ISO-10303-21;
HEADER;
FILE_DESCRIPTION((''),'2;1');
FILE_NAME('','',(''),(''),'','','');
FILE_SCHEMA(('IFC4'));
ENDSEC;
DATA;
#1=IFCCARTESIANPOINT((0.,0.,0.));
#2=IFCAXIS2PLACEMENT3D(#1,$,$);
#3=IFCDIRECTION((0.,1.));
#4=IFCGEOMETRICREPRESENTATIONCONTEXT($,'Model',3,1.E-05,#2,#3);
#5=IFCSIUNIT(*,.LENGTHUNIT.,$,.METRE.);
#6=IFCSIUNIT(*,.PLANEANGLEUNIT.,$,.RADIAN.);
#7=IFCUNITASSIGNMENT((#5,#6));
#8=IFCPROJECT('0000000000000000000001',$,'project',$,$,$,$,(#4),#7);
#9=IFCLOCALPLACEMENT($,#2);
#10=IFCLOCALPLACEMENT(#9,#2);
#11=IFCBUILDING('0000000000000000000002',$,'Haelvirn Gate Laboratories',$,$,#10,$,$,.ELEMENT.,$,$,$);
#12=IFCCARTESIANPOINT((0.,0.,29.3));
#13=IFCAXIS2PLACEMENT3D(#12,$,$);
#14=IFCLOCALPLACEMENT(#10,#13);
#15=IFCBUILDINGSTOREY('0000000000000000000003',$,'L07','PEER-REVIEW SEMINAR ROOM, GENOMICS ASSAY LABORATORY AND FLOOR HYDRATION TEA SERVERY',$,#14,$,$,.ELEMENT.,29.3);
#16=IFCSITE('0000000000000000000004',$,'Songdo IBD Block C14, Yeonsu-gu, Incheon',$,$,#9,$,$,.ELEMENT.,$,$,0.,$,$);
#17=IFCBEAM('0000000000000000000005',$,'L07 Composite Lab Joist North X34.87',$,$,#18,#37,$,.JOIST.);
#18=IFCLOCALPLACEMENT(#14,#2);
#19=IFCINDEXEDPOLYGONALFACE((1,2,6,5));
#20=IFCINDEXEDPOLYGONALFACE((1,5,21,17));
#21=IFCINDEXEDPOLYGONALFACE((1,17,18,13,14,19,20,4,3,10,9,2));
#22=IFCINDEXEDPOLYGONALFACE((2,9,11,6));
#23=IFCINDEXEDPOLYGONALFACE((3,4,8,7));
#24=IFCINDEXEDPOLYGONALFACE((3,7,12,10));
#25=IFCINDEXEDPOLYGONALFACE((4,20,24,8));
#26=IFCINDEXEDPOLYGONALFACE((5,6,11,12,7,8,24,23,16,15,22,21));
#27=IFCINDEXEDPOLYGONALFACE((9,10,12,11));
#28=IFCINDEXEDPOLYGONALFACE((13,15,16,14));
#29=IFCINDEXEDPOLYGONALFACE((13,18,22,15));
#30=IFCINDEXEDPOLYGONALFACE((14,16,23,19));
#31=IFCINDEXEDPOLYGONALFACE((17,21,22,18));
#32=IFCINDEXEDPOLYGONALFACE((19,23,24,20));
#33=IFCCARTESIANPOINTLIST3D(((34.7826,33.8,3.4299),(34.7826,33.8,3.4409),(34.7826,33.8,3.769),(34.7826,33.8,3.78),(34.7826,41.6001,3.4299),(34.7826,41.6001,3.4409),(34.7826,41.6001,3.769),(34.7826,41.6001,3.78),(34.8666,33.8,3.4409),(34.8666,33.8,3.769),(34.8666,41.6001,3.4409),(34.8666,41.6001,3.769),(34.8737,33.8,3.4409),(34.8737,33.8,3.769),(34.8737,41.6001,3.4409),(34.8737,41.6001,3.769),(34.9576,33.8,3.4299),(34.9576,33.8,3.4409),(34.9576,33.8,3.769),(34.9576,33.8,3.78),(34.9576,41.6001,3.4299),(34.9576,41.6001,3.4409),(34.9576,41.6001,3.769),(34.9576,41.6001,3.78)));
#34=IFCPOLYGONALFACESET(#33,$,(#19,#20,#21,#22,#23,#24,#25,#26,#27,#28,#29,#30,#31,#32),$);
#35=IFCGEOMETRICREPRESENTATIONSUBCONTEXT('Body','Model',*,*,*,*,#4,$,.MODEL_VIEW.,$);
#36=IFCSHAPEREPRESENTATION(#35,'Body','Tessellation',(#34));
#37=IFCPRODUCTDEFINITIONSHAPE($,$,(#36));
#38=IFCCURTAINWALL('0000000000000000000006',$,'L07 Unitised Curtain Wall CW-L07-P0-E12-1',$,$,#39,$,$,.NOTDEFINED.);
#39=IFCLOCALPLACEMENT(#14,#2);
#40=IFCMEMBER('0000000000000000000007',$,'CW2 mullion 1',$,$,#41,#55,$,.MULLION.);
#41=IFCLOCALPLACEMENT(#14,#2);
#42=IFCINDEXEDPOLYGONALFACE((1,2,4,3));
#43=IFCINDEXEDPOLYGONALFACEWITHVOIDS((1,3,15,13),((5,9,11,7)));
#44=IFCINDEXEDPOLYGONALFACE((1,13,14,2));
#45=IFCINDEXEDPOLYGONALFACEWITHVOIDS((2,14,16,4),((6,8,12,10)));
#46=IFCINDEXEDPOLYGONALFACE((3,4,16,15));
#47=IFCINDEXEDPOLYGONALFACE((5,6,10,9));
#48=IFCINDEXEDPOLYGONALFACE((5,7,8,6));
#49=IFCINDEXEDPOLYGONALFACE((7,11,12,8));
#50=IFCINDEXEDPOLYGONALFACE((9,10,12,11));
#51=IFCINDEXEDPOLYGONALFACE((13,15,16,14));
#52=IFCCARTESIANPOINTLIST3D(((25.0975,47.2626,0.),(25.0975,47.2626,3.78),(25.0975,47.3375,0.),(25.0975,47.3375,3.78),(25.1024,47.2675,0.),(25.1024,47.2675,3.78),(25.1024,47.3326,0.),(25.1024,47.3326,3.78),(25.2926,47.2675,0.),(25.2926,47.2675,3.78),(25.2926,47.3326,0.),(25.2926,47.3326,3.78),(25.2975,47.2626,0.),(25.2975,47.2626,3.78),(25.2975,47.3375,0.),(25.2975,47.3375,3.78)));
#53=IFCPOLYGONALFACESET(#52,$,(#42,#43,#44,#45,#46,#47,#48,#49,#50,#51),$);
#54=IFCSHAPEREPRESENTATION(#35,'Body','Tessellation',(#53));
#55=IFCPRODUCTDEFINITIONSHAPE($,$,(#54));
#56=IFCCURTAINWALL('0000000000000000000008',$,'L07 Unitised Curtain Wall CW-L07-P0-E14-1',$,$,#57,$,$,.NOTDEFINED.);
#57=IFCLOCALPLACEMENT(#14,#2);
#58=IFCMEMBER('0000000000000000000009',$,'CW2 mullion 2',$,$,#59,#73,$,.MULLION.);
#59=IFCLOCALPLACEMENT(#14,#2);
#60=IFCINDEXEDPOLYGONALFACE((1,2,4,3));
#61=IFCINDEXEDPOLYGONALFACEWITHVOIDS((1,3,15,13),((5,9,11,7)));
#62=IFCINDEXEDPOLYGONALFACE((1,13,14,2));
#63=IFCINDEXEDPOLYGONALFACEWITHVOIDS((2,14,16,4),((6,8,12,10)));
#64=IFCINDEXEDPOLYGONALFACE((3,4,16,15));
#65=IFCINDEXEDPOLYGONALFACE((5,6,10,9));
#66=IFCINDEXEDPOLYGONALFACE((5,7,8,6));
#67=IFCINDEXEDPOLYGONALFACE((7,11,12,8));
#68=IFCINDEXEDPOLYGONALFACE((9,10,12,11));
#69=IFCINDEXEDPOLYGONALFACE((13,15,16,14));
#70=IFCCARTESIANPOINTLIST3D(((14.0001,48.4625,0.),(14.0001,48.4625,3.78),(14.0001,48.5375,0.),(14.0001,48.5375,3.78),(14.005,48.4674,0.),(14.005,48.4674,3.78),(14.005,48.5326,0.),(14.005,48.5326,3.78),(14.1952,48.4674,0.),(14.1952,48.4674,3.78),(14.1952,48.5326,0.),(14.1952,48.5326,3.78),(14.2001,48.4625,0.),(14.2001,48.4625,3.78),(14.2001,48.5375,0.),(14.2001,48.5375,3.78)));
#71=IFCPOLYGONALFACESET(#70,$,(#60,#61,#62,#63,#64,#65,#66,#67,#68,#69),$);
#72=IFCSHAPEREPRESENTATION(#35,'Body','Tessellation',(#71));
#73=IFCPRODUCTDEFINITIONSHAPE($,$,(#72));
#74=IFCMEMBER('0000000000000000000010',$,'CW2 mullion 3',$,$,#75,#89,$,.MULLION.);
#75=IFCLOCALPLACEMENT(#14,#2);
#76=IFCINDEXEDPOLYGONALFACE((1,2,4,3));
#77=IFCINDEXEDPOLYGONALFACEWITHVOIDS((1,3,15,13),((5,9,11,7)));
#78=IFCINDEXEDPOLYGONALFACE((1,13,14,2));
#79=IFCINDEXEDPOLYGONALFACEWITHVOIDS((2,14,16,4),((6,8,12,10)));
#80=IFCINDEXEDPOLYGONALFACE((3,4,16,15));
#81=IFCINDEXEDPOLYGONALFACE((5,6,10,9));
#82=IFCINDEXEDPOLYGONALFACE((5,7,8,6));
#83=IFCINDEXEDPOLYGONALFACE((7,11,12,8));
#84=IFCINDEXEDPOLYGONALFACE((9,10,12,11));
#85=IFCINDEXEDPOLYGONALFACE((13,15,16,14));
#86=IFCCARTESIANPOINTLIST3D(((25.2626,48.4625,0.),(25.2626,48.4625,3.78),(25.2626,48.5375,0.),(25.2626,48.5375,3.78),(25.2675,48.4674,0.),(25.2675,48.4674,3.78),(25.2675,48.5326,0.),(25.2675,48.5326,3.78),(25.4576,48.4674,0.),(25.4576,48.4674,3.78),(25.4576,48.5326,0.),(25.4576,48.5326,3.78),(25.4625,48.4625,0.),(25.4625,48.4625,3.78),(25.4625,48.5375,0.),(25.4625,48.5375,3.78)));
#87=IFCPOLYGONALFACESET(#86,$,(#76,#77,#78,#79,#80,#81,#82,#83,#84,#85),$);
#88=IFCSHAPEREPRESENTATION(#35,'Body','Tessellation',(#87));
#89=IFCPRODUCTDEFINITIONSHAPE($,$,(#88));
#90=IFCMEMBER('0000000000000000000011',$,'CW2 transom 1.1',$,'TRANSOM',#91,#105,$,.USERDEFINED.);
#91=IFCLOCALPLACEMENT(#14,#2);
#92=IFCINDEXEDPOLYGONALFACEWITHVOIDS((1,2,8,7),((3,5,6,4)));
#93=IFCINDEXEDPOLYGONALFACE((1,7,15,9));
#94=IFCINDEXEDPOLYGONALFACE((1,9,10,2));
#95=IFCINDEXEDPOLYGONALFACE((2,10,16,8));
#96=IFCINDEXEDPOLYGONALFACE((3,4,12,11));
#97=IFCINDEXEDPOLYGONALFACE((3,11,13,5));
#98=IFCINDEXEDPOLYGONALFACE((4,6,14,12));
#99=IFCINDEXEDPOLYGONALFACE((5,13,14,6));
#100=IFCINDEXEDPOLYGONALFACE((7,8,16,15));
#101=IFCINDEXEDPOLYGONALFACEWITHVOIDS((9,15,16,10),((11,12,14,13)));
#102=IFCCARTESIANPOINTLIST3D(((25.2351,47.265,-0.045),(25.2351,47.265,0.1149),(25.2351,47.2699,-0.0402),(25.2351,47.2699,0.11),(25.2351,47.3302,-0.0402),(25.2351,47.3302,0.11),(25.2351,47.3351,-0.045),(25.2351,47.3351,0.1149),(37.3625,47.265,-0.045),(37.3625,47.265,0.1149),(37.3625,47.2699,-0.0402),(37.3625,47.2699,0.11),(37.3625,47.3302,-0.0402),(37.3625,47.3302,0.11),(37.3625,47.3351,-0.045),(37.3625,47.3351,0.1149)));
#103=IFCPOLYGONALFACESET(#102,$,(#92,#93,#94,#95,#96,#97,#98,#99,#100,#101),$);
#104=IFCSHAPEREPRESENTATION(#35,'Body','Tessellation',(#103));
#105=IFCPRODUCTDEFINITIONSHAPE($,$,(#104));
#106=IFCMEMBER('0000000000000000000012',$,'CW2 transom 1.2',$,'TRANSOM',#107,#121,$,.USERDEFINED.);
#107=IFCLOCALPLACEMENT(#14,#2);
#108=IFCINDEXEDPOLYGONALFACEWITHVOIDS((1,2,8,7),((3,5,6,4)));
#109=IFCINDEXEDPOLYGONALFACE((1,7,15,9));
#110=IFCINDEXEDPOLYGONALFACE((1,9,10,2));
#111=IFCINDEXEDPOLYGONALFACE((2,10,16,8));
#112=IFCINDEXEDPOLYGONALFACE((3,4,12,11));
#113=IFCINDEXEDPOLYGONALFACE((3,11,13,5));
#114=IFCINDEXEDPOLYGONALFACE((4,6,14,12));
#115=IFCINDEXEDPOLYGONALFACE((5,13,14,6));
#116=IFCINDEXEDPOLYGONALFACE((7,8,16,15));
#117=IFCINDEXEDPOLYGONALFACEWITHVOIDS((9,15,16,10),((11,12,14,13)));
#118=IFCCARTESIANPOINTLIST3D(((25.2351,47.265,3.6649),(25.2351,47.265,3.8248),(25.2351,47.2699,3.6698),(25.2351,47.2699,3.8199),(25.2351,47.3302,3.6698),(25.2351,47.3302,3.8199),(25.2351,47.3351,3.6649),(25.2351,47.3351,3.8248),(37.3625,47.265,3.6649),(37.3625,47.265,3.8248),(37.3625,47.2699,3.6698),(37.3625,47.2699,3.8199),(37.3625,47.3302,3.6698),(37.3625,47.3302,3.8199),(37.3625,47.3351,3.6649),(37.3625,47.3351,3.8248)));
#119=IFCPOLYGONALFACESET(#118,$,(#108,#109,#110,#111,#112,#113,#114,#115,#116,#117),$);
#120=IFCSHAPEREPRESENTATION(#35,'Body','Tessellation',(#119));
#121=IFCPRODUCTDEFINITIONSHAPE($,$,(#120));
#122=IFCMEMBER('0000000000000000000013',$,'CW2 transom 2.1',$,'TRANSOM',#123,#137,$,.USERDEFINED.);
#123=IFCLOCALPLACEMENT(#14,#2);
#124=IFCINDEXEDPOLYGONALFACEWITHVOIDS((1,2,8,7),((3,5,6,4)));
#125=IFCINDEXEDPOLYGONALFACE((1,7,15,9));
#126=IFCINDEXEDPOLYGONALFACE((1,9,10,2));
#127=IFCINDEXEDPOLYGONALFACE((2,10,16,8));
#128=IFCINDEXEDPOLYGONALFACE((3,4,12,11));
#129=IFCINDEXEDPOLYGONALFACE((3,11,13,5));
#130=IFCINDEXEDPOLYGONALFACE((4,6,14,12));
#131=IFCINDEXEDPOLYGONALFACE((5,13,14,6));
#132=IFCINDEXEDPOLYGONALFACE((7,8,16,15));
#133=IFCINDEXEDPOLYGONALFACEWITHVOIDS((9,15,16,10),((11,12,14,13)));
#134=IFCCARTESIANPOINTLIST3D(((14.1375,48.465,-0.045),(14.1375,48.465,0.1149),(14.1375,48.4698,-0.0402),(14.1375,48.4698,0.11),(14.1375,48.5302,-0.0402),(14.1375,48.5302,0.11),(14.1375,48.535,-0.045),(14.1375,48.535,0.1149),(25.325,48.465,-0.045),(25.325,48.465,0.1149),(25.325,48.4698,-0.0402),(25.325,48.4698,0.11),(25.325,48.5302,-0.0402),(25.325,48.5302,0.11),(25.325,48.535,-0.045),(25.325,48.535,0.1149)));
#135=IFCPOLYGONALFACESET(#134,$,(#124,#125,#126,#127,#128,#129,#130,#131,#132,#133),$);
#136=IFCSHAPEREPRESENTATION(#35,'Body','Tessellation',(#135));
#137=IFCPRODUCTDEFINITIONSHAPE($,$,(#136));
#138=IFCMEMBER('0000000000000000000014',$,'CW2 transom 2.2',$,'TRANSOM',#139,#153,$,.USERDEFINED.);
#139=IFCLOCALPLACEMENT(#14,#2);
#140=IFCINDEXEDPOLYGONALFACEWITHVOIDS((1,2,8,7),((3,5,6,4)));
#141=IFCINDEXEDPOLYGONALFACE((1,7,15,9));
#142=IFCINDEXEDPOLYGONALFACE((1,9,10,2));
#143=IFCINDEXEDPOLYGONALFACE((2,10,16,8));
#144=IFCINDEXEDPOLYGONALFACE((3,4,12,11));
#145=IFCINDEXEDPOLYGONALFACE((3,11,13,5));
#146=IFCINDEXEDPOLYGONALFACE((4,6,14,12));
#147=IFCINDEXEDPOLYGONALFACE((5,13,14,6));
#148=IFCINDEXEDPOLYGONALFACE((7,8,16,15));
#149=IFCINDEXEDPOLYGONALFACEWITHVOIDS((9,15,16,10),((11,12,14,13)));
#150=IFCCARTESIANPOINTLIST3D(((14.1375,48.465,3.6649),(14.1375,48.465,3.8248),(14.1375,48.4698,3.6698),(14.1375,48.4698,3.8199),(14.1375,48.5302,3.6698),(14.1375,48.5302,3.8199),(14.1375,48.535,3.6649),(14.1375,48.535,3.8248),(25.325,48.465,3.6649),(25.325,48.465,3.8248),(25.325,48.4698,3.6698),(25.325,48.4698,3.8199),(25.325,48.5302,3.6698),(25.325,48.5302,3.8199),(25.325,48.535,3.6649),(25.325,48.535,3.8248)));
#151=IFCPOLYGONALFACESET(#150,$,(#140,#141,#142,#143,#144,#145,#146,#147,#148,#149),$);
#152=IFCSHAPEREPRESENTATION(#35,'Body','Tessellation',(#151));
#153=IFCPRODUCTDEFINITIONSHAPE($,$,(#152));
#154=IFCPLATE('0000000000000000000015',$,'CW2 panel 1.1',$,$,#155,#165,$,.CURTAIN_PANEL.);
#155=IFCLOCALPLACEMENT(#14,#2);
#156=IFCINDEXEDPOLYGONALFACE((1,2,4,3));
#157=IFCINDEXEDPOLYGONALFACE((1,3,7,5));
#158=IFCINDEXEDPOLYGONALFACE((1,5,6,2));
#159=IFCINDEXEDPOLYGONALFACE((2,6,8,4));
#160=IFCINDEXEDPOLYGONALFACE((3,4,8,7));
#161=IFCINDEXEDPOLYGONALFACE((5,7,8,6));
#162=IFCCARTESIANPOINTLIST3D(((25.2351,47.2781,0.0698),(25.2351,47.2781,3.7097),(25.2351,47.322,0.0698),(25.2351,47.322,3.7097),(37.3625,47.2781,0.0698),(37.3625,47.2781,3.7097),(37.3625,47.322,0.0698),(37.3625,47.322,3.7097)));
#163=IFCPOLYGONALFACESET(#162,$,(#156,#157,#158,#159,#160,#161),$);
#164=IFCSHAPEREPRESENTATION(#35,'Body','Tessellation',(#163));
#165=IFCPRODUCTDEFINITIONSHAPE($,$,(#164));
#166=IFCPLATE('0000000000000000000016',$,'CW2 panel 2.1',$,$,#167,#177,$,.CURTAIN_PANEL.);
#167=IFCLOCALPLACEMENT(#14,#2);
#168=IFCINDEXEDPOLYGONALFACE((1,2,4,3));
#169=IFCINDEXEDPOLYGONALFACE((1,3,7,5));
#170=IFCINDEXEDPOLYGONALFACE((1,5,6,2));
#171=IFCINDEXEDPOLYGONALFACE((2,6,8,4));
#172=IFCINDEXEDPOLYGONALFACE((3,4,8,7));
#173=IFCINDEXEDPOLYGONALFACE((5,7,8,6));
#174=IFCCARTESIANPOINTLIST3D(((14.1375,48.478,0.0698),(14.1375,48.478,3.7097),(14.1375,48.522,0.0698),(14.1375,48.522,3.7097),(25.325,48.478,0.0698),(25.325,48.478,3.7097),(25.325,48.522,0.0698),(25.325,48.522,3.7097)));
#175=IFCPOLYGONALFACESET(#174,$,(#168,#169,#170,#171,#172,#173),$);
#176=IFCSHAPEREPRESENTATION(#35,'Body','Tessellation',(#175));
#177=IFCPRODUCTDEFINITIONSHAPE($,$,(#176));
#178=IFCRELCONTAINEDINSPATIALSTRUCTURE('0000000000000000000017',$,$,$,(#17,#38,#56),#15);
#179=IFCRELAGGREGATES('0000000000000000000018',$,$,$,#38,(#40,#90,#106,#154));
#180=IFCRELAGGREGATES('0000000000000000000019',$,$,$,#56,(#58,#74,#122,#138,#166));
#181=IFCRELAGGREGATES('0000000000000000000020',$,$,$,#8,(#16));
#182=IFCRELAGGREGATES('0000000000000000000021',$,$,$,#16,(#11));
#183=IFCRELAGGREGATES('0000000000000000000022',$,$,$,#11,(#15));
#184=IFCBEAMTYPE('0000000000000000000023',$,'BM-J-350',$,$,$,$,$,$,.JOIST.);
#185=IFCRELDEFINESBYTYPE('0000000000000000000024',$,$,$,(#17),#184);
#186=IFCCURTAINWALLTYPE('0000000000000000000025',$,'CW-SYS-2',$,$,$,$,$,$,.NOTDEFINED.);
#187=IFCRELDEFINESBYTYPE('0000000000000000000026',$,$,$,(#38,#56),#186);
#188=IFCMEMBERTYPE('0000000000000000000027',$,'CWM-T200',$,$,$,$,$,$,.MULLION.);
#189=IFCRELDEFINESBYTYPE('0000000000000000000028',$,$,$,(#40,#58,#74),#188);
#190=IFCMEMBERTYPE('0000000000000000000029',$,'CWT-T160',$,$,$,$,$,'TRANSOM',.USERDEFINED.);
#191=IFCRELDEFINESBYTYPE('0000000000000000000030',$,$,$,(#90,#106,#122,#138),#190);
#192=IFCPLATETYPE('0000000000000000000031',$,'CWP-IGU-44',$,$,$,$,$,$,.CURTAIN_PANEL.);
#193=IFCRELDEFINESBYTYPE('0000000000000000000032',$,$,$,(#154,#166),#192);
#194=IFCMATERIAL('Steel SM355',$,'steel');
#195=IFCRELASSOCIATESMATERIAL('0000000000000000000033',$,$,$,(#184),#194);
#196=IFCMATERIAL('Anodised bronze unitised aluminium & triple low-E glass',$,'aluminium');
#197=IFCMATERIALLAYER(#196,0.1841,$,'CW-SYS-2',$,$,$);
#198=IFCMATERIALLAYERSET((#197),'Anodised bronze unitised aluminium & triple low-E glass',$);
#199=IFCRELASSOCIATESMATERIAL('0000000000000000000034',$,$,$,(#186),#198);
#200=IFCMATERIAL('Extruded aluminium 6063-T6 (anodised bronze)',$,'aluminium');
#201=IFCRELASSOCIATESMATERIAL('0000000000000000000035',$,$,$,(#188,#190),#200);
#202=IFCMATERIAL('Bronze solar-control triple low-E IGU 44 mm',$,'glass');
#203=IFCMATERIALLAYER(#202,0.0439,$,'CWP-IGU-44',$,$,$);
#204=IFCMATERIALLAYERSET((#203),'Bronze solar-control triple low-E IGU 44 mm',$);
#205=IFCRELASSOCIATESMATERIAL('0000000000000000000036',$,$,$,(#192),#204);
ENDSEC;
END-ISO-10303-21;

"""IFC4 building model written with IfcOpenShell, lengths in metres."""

from ifc_helpers import new_model, si_unit, direction, frame, origin, origin_2d, place, context, subcontext, project, spatial, rectangle, hollow_rectangle, i_section, extrude, source, transform, mapped, material, layer, layer_set, material_profile, profile_set, type_object, type_shapes, element, aggregate, save


model = new_model("IFC4")

# Units and contexts
model_context = context("Model", 3, precision=1e-05, world=origin(), true_north=direction((0.0, 1.0)))
body_context = subcontext(model_context, "Body", "Model", "MODEL_VIEW")
ifc_project = project(units=[si_unit("LENGTHUNIT", "METRE"), si_unit("PLANEANGLEUNIT", "RADIAN")], contexts=[model_context])

# Site, building, storey
site_placement = place(None, origin())
site = spatial("IfcSite", under=ifc_project, at=site_placement, Name="Songdo IBD Block C14, Yeonsu-gu, Incheon", CompositionType="ELEMENT", RefElevation=0.0)
building_placement = place(site_placement, origin())
building = spatial("IfcBuilding", under=site, at=building_placement, Name="Haelvirn Gate Laboratories", CompositionType="ELEMENT")
storey_placement = place(building_placement, frame((0.0, 0.0, 29.3)))
storey = spatial("IfcBuildingStorey", under=building, at=storey_placement, Name="L07", Description="PEER-REVIEW SEMINAR ROOM, GENOMICS ASSAY LABORATORY AND FLOOR HYDRATION TEA SERVERY", CompositionType="ELEMENT", Elevation=29.3)

# Beam
ifc_material_1 = material(Name="Steel SM355", Category="steel")
ifc_material_profile_1 = material_profile(ifc_material_1, i_section(OverallWidth=0.175, OverallDepth=0.3501, WebThickness=0.0071, FlangeThickness=0.011, at=origin_2d()), Name="H-350x175x7x11")
ifc_profile_set_1 = profile_set([ifc_material_profile_1], Name="Steel SM355")
beam_type_1 = type_object("IfcBeamType", Name="BM-J-350", PredefinedType="JOIST", material=ifc_profile_set_1)
shared_shape_1 = source(origin(), body_context, "Body", "SweptSolid", [
    extrude(i_section(OverallWidth=0.175, OverallDepth=0.3501, WebThickness=0.0071, FlangeThickness=0.011, at=origin_2d()), origin(), (0.0, 0.0, 1.0), 7.8),
])
type_shapes(beam_type_1, [shared_shape_1])
beam_1_placement = place(storey_placement, frame((34.8701, 33.8, 3.605), z_axis=(0.0, 1.0, 0.0), x_axis=(-1.0, 0.0, 0.0)))
element("IfcBeam", 1, at=beam_1_placement, inside=storey, type_object=beam_type_1, Name="L07 Composite Lab Joist North X34.87", PredefinedType="JOIST", context=body_context, shape_type="MappedRepresentation", body=[
    mapped(shared_shape_1, transform((0.0, 0.0, 0.0), scale=1.0)),
])

# Curtain wall, member
ifc_material_2 = material(Name="Anodised bronze unitised aluminium & triple low-E glass", Category="aluminium")
ifc_layer_1 = layer(ifc_material_2, 0.1841, Name="CW-SYS-2")
ifc_layer_set_1 = layer_set([ifc_layer_1], Name="Anodised bronze unitised aluminium & triple low-E glass")
curtain_wall_type = type_object("IfcCurtainWallType", Name="CW-SYS-2", PredefinedType="NOTDEFINED", material=ifc_layer_set_1)
curtain_wall_1_placement = place(storey_placement, origin())
curtain_wall_1 = element("IfcCurtainWall", 2, at=curtain_wall_1_placement, inside=storey, type_object=curtain_wall_type, Name="L07 Unitised Curtain Wall CW-L07-P0-E12-1", PredefinedType="NOTDEFINED")
ifc_material_3 = material(Name="Extruded aluminium 6063-T6 (anodised bronze)", Category="aluminium")
ifc_material_profile_2 = material_profile(ifc_material_3, hollow_rectangle(XDim=0.075, YDim=0.2, WallThickness=0.0049, at=origin_2d()), Name="CWM-200x75x5")
ifc_profile_set_2 = profile_set([ifc_material_profile_2], Name="Extruded aluminium 6063-T6 (anodised bronze)")
member_type_1 = type_object("IfcMemberType", Name="CWM-T200", PredefinedType="MULLION", material=ifc_profile_set_2)
shared_shape_2 = source(origin(), body_context, "Body", "SweptSolid", [
    extrude(hollow_rectangle(XDim=0.075, YDim=0.2, WallThickness=0.0049, at=origin_2d()), origin(), (0.0, 0.0, 1.0), 3.78),
])
type_shapes(member_type_1, [shared_shape_2])
member_1_placement = place(storey_placement, frame((25.1975, 47.3, 0.0), z_axis=(0.0, 0.0, 1.0), x_axis=(0.0, 1.0, 0.0)))
member_1 = element("IfcMember", 3, at=member_1_placement, type_object=member_type_1, Name="CW2 mullion 1", PredefinedType="MULLION", context=body_context, shape_type="MappedRepresentation", body=[
    mapped(shared_shape_2, transform((0.0, 0.0, 0.0), scale=1.0)),
])

# Curtain wall, members
curtain_wall_2_placement = place(storey_placement, origin())
curtain_wall_2 = element("IfcCurtainWall", 4, at=curtain_wall_2_placement, inside=storey, type_object=curtain_wall_type, Name="L07 Unitised Curtain Wall CW-L07-P0-E14-1", PredefinedType="NOTDEFINED")
member_2_placement = place(storey_placement, frame((14.1001, 48.5, 0.0), z_axis=(0.0, 0.0, 1.0), x_axis=(0.0, 1.0, 0.0)))
member_2 = element("IfcMember", 5, at=member_2_placement, type_object=member_type_1, Name="CW2 mullion 2", PredefinedType="MULLION", context=body_context, shape_type="MappedRepresentation", body=[
    mapped(shared_shape_2, transform((0.0, 0.0, 0.0), scale=1.0)),
])
member_3_placement = place(storey_placement, frame((25.3625, 48.5, 0.0), z_axis=(0.0, 0.0, 1.0), x_axis=(0.0, 1.0, 0.0)))
member_3 = element("IfcMember", 6, at=member_3_placement, type_object=member_type_1, Name="CW2 mullion 3", PredefinedType="MULLION", context=body_context, shape_type="MappedRepresentation", body=[
    mapped(shared_shape_2, transform((0.0, 0.0, 0.0), scale=1.0)),
])

# Members
ifc_material_profile_3 = material_profile(ifc_material_3, hollow_rectangle(XDim=0.0701, YDim=0.1599, WallThickness=0.0049, at=origin_2d()), Name="CWT-160x70x5")
ifc_profile_set_3 = profile_set([ifc_material_profile_3], Name="Extruded aluminium 6063-T6 (anodised bronze)")
member_type_2 = type_object("IfcMemberType", Name="CWT-T160", ElementType="TRANSOM", PredefinedType="USERDEFINED", material=ifc_profile_set_3)
shared_shape_3 = source(origin(), body_context, "Body", "SweptSolid", [
    extrude(hollow_rectangle(XDim=0.0701, YDim=0.1599, WallThickness=0.0049, at=origin_2d()), origin(), (0.0, 0.0, 1.0), 12.1274),
])
member_4_placement = place(storey_placement, frame((25.2351, 47.3, 0.0349), z_axis=(1.0, 0.0, 0.0), x_axis=(0.0, 1.0, 0.0)))
member_4 = element("IfcMember", 7, at=member_4_placement, type_object=member_type_2, Name="CW2 transom 1.1", ObjectType="TRANSOM", PredefinedType="USERDEFINED", context=body_context, shape_type="MappedRepresentation", body=[
    mapped(shared_shape_3, transform((0.0, 0.0, 0.0), scale=1.0)),
])
member_5_placement = place(storey_placement, frame((25.2351, 47.3, 3.7449), z_axis=(1.0, 0.0, 0.0), x_axis=(0.0, 1.0, 0.0)))
member_5 = element("IfcMember", 8, at=member_5_placement, type_object=member_type_2, Name="CW2 transom 1.2", ObjectType="TRANSOM", PredefinedType="USERDEFINED", context=body_context, shape_type="MappedRepresentation", body=[
    mapped(shared_shape_3, transform((0.0, 0.0, 0.0), scale=1.0)),
])
shared_shape_4 = source(origin(), body_context, "Body", "SweptSolid", [
    extrude(hollow_rectangle(XDim=0.0701, YDim=0.1599, WallThickness=0.0049, at=origin_2d()), origin(), (0.0, 0.0, 1.0), 11.1875),
])
type_shapes(member_type_2, [shared_shape_3, shared_shape_4])
member_6_placement = place(storey_placement, frame((14.1375, 48.5, 0.0349), z_axis=(1.0, 0.0, 0.0), x_axis=(0.0, 1.0, 0.0)))
member_6 = element("IfcMember", 9, at=member_6_placement, type_object=member_type_2, Name="CW2 transom 2.1", ObjectType="TRANSOM", PredefinedType="USERDEFINED", context=body_context, shape_type="MappedRepresentation", body=[
    mapped(shared_shape_4, transform((0.0, 0.0, 0.0), scale=1.0)),
])
member_7_placement = place(storey_placement, frame((14.1375, 48.5, 3.7449), z_axis=(1.0, 0.0, 0.0), x_axis=(0.0, 1.0, 0.0)))
member_7 = element("IfcMember", 10, at=member_7_placement, type_object=member_type_2, Name="CW2 transom 2.2", ObjectType="TRANSOM", PredefinedType="USERDEFINED", context=body_context, shape_type="MappedRepresentation", body=[
    mapped(shared_shape_4, transform((0.0, 0.0, 0.0), scale=1.0)),
])

# Plates
ifc_material_4 = material(Name="Bronze solar-control triple low-E IGU 44 mm", Category="glass")
ifc_layer_2 = layer(ifc_material_4, 0.0439, Name="CWP-IGU-44")
ifc_layer_set_2 = layer_set([ifc_layer_2], Name="Bronze solar-control triple low-E IGU 44 mm")
plate_type = type_object("IfcPlateType", Name="CWP-IGU-44", PredefinedType="CURTAIN_PANEL", material=ifc_layer_set_2)
shared_shape_5 = source(origin(), body_context, "Body", "SweptSolid", [
    extrude(rectangle(XDim=12.1274, YDim=0.0439, at=origin_2d()), origin(), (0.0, 0.0, 1.0), 3.6399),
])
plate_1_placement = place(storey_placement, frame((31.2988, 47.3, 0.0698), z_axis=(0.0, 0.0, 1.0), x_axis=(1.0, 0.0, 0.0)))
plate_1 = element("IfcPlate", 11, at=plate_1_placement, type_object=plate_type, Name="CW2 panel 1.1", PredefinedType="CURTAIN_PANEL", context=body_context, shape_type="MappedRepresentation", body=[
    mapped(shared_shape_5, transform((0.0, 0.0, 0.0), scale=1.0)),
])
aggregate(curtain_wall_1, [member_1, member_4, member_5, plate_1])
shared_shape_6 = source(origin(), body_context, "Body", "SweptSolid", [
    extrude(rectangle(XDim=11.1875, YDim=0.0439, at=origin_2d()), origin(), (0.0, 0.0, 1.0), 3.6399),
])
type_shapes(plate_type, [shared_shape_5, shared_shape_6])
plate_2_placement = place(storey_placement, frame((19.7312, 48.5, 0.0698), z_axis=(0.0, 0.0, 1.0), x_axis=(1.0, 0.0, 0.0)))
plate_2 = element("IfcPlate", 12, at=plate_2_placement, type_object=plate_type, Name="CW2 panel 2.1", PredefinedType="CURTAIN_PANEL", context=body_context, shape_type="MappedRepresentation", body=[
    mapped(shared_shape_6, transform((0.0, 0.0, 0.0), scale=1.0)),
])
aggregate(curtain_wall_2, [member_2, member_3, member_6, member_7, plate_2])

save(model, "model.ifc")
